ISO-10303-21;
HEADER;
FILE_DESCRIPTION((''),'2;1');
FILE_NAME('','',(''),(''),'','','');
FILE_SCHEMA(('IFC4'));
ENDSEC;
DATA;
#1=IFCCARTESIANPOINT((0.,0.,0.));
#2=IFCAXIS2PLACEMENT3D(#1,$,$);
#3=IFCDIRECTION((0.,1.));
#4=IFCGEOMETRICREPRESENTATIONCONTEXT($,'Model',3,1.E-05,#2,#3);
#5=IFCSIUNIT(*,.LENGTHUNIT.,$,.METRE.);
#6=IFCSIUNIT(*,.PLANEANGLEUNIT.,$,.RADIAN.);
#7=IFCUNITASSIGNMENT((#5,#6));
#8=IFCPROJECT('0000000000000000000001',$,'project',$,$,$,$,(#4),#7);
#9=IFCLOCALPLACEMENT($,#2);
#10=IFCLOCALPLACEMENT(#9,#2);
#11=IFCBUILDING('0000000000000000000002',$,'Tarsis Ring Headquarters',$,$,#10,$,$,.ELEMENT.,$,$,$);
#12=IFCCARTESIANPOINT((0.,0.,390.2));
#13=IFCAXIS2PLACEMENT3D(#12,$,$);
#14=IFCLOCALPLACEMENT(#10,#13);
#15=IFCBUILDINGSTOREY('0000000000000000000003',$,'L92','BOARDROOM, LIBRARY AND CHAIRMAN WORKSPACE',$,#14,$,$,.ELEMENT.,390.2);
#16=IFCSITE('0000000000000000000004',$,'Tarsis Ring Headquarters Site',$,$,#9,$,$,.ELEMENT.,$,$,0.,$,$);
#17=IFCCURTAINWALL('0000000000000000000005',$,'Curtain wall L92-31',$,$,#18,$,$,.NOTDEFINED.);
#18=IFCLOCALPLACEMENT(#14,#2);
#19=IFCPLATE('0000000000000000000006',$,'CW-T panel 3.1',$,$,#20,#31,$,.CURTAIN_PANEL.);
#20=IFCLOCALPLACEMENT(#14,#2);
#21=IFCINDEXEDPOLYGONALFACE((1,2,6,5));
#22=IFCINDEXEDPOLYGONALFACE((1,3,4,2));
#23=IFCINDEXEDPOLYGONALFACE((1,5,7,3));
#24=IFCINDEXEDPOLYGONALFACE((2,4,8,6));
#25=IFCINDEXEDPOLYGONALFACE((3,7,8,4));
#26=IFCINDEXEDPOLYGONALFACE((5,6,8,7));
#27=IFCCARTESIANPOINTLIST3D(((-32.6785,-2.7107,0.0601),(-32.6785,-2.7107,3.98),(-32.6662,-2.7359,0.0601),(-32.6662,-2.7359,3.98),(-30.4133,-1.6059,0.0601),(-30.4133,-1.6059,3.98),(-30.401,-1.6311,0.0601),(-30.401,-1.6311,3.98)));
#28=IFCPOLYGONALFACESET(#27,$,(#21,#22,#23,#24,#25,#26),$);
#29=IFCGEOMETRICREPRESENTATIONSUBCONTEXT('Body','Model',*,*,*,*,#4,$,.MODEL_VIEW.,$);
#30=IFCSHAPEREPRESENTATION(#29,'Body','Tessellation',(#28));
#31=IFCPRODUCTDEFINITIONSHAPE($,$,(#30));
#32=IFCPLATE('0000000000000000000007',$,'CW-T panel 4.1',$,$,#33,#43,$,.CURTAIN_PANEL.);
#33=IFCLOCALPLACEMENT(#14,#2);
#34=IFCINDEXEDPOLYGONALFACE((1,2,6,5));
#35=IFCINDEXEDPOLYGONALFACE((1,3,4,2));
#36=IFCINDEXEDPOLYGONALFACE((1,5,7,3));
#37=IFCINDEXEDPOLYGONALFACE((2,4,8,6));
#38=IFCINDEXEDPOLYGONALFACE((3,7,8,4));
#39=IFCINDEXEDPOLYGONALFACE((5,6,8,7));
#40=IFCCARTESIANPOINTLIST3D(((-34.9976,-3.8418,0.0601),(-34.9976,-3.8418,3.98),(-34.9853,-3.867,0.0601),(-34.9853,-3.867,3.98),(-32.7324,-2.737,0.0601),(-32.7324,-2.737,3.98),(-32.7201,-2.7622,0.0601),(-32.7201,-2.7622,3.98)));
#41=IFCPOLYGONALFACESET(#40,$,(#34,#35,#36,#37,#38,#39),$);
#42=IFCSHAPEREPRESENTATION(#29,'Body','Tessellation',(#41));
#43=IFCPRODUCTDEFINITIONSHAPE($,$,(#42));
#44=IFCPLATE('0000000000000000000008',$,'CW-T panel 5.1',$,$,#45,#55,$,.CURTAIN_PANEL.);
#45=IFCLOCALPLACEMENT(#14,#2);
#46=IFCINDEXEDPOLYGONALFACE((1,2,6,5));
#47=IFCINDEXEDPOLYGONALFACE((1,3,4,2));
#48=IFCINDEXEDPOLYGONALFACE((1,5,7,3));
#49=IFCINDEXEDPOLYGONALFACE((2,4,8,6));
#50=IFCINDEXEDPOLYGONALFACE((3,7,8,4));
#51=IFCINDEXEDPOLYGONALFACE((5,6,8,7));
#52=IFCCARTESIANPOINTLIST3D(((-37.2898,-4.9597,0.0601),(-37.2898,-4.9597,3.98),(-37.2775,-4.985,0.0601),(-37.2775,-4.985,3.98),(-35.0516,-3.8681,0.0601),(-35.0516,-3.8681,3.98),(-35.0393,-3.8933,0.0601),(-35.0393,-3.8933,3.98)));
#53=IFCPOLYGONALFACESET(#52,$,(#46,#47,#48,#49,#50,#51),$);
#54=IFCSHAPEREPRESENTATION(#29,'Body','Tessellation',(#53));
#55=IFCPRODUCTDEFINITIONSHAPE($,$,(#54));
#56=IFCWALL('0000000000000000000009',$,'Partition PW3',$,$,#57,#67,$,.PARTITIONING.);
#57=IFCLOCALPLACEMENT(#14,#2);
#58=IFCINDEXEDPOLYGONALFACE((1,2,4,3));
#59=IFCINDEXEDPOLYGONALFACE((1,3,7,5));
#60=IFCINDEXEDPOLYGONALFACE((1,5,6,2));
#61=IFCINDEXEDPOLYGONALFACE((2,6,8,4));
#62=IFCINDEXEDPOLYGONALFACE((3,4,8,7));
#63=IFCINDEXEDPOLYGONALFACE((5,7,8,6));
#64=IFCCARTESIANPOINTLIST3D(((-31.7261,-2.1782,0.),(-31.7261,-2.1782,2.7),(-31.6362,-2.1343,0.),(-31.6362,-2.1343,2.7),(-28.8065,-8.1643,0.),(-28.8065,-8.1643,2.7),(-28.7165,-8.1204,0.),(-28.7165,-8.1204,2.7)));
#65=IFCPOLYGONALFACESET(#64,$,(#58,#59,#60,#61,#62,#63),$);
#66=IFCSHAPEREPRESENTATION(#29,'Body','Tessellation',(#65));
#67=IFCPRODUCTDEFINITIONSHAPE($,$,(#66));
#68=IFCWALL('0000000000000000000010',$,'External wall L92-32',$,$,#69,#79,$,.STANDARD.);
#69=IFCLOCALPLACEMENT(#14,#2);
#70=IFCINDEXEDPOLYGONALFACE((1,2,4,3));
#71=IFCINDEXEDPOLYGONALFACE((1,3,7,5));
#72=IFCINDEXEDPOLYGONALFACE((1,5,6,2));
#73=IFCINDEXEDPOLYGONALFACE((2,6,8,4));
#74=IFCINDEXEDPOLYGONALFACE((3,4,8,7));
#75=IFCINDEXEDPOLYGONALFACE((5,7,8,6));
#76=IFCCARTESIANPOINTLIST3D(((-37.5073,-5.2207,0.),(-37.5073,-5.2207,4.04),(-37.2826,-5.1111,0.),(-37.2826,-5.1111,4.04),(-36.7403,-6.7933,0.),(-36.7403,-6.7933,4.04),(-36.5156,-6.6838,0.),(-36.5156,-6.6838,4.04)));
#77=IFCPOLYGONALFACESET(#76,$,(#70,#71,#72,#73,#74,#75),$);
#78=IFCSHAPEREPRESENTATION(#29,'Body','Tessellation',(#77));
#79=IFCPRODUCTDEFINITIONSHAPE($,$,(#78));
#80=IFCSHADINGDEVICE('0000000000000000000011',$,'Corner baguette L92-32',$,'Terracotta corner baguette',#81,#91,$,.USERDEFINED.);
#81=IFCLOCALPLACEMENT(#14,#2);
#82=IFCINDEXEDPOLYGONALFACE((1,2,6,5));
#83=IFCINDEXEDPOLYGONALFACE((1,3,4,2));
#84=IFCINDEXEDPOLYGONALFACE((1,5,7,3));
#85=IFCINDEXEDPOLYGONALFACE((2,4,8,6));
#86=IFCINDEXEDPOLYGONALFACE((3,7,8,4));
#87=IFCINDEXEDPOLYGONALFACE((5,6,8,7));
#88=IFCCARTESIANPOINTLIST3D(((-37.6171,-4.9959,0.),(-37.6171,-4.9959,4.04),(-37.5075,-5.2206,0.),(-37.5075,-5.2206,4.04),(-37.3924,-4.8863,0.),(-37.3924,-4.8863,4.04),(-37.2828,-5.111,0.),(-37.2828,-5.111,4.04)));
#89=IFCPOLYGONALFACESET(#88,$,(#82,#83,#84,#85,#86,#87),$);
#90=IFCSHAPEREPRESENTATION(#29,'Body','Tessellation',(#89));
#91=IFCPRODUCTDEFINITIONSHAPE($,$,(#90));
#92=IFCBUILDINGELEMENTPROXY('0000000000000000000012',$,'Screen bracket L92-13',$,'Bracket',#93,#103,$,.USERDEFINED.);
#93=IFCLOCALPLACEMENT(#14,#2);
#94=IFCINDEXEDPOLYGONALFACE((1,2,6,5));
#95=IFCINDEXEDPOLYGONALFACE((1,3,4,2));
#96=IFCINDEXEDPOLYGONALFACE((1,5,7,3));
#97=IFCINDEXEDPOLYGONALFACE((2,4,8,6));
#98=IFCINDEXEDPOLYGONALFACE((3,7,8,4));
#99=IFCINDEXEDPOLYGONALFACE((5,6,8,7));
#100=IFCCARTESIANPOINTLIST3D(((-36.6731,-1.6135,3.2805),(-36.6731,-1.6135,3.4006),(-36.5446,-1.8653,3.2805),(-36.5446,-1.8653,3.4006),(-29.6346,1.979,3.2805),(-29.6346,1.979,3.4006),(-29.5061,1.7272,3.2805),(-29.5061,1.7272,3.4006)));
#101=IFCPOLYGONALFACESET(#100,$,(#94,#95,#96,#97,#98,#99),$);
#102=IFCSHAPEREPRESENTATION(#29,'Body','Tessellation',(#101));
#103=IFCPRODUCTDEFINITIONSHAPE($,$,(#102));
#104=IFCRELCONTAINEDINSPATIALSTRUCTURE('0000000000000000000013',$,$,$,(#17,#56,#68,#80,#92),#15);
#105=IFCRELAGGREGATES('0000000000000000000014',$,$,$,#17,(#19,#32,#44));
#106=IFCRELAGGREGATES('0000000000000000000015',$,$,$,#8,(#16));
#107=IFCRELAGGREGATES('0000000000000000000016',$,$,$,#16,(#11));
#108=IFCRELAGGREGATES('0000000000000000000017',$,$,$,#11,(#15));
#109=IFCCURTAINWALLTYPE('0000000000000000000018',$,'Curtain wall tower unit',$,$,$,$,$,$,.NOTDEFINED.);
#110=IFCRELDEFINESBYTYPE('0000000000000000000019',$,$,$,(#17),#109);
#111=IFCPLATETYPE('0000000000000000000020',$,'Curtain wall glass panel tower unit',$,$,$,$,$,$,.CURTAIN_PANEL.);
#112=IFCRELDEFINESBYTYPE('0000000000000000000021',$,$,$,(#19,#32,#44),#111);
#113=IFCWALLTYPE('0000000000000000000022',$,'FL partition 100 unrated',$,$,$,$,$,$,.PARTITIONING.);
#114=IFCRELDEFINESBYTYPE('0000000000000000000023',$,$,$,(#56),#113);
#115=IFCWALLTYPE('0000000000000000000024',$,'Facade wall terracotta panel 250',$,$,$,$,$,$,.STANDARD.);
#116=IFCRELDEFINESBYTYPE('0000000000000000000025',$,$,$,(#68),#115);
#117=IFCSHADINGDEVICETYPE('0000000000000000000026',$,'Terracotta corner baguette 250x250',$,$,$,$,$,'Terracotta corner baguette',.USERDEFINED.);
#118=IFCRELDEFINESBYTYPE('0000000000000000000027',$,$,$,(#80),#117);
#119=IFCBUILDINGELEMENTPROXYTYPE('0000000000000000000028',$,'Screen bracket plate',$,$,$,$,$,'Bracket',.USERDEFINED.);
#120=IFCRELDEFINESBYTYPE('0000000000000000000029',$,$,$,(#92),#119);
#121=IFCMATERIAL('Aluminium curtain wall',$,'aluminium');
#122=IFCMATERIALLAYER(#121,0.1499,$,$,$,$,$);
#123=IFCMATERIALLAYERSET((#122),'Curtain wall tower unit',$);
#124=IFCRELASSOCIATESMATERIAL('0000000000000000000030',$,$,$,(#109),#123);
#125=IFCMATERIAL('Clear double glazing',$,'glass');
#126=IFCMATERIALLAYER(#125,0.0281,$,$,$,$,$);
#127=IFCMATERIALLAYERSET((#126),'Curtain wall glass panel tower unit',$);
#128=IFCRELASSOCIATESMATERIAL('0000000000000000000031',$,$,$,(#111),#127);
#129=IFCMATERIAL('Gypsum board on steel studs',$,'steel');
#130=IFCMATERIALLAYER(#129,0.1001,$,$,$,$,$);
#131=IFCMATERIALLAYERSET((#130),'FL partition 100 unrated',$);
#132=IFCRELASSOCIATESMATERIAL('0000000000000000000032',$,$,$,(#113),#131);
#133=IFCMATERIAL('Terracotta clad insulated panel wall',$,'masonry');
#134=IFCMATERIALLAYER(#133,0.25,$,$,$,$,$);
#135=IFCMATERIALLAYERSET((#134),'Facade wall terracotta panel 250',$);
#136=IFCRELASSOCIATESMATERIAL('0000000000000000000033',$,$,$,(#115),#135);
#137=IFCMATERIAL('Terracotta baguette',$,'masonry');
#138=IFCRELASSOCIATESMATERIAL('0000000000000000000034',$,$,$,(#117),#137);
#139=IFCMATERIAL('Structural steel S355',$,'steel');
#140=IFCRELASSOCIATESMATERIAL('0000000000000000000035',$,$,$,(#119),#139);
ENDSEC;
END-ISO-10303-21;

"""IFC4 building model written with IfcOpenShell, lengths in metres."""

from ifc_helpers import new_model, si_unit, direction, frame, frame_2d, origin, origin_2d, place, context, subcontext, project, spatial, rectangle, extrude, material, layer, layer_set, type_object, element, aggregate, save


model = new_model("IFC4")

# Units and contexts
model_context = context("Model", 3, precision=1e-05, world=origin(), true_north=direction((0.0, 1.0)))
body_context = subcontext(model_context, "Body", "Model", "MODEL_VIEW")
ifc_project = project(units=[si_unit("LENGTHUNIT", "METRE"), si_unit("PLANEANGLEUNIT", "RADIAN")], contexts=[model_context])

# Site, building, storey
site_placement = place(None, origin())
site = spatial("IfcSite", under=ifc_project, at=site_placement, Name="Tarsis Ring Headquarters Site", CompositionType="ELEMENT", RefElevation=0.0)
building_placement = place(site_placement, origin())
building = spatial("IfcBuilding", under=site, at=building_placement, Name="Tarsis Ring Headquarters", CompositionType="ELEMENT")
storey_placement = place(building_placement, frame((0.0, 0.0, 390.2)))
storey = spatial("IfcBuildingStorey", under=building, at=storey_placement, Name="L92", Description="BOARDROOM, LIBRARY AND CHAIRMAN WORKSPACE", CompositionType="ELEMENT", Elevation=390.2)

# Shared definitions
ifc_material_1 = material(Name="Structural steel S355", Category="steel")

# Curtain wall
ifc_material_2 = material(Name="Aluminium curtain wall", Category="aluminium")
ifc_layer_1 = layer(ifc_material_2, 0.1499)
ifc_layer_set_1 = layer_set([ifc_layer_1], Name="Curtain wall tower unit")
curtain_wall_type = type_object("IfcCurtainWallType", Name="Curtain wall tower unit", PredefinedType="NOTDEFINED", material=ifc_layer_set_1)
curtain_wall_placement = place(storey_placement, origin())
curtain_wall = element("IfcCurtainWall", 1, at=curtain_wall_placement, inside=storey, type_object=curtain_wall_type, Name="Curtain wall L92-31", PredefinedType="NOTDEFINED")

# Plates
ifc_material_3 = material(Name="Clear double glazing", Category="glass")
ifc_layer_2 = layer(ifc_material_3, 0.0281)
ifc_layer_set_2 = layer_set([ifc_layer_2], Name="Curtain wall glass panel tower unit")
plate_type = type_object("IfcPlateType", Name="Curtain wall glass panel tower unit", PredefinedType="CURTAIN_PANEL", material=ifc_layer_set_2)
plate_1_placement = place(storey_placement, frame((-31.5398, -2.1709, 0.0601), z_axis=(0.0, 0.0, 1.0), x_axis=(-0.898794, -0.438371, 0.0)))
plate_1 = element("IfcPlate", 2, at=plate_1_placement, type_object=plate_type, Name="CW-T panel 3.1", PredefinedType="CURTAIN_PANEL", context=body_context, shape_type="SweptSolid", body=[
    extrude(rectangle(XDim=2.5203, YDim=0.0281, at=origin_2d()), origin(), (0.0, 0.0, 1.0), 3.9199),
])
plate_2_placement = place(storey_placement, frame((-33.8589, -3.302, 0.0601), z_axis=(0.0, 0.0, 1.0), x_axis=(-0.898794, -0.438371, 0.0)))
plate_2 = element("IfcPlate", 3, at=plate_2_placement, type_object=plate_type, Name="CW-T panel 4.1", PredefinedType="CURTAIN_PANEL", context=body_context, shape_type="SweptSolid", body=[
    extrude(rectangle(XDim=2.5203, YDim=0.0281, at=origin_2d()), origin(), (0.0, 0.0, 1.0), 3.9199),
])
plate_3_placement = place(storey_placement, frame((-36.1646, -4.4265, 0.0601), z_axis=(0.0, 0.0, 1.0), x_axis=(-0.898794, -0.438371, 0.0)))
plate_3 = element("IfcPlate", 4, at=plate_3_placement, type_object=plate_type, Name="CW-T panel 5.1", PredefinedType="CURTAIN_PANEL", context=body_context, shape_type="SweptSolid", body=[
    extrude(rectangle(XDim=2.4902, YDim=0.0281, at=origin_2d()), origin(), (0.0, 0.0, 1.0), 3.9199),
])
aggregate(curtain_wall, [plate_1, plate_2, plate_3])

# Walls
ifc_material_4 = material(Name="Gypsum board on steel studs", Category="steel")
ifc_layer_3 = layer(ifc_material_4, 0.1001)
ifc_layer_set_3 = layer_set([ifc_layer_3], Name="FL partition 100 unrated")
wall_type_1 = type_object("IfcWallType", Name="FL partition 100 unrated", PredefinedType="PARTITIONING", material=ifc_layer_set_3)
wall_1_placement = place(storey_placement, frame((-31.6812, -2.1562, 0.0), z_axis=(0.0, 0.0, 1.0), x_axis=(0.43838, -0.89879, 0.0)))
element("IfcWall", 5, at=wall_1_placement, inside=storey, type_object=wall_type_1, Name="Partition PW3", PredefinedType="PARTITIONING", context=body_context, shape_type="SweptSolid", body=[
    extrude(rectangle(XDim=6.6602, YDim=0.1001, at=frame_2d((3.3301, 0.0))), origin(), (0.0, 0.0, 1.0), 2.7),
])
ifc_material_5 = material(Name="Terracotta clad insulated panel wall", Category="masonry")
ifc_layer_4 = layer(ifc_material_5, 0.25)
ifc_layer_set_4 = layer_set([ifc_layer_4], Name="Facade wall terracotta panel 250")
wall_type_2 = type_object("IfcWallType", Name="Facade wall terracotta panel 250", PredefinedType="STANDARD", material=ifc_layer_set_4)
wall_2_placement = place(storey_placement, frame((-37.395, -5.1658, 0.0), z_axis=(0.0, 0.0, 1.0), x_axis=(0.438374, -0.898793, 0.0)))
element("IfcWall", 6, at=wall_2_placement, inside=storey, type_object=wall_type_2, Name="External wall L92-32", PredefinedType="STANDARD", context=body_context, shape_type="SweptSolid", body=[
    extrude(rectangle(XDim=1.7498, YDim=0.25, at=frame_2d((0.875, 0.0))), origin(), (0.0, 0.0, 1.0), 4.04),
])

# Shading device
ifc_material_6 = material(Name="Terracotta baguette", Category="masonry")
shading_device_type_1 = type_object("IfcShadingDeviceType", Name="Terracotta corner baguette 250x250", ElementType="Terracotta corner baguette", PredefinedType="USERDEFINED", material=ifc_material_6)
shading_device_1_placement = place(storey_placement, frame((-37.45, -5.0535, 0.0), z_axis=(0.0, 0.0, 1.0), x_axis=(-0.898794, -0.438371, 0.0)))
element("IfcShadingDevice", 7, at=shading_device_1_placement, inside=storey, type_object=shading_device_type_1, Name="Corner baguette L92-32", ObjectType="Terracotta corner baguette", PredefinedType="USERDEFINED", context=body_context, shape_type="SweptSolid", body=[
    extrude(rectangle(XDim=0.25, YDim=0.25, at=origin_2d()), origin(), (0.0, 0.0, 1.0), 4.04),
])

# Building element proxy
building_element_proxy_type = type_object("IfcBuildingElementProxyType", Name="Screen bracket plate", ElementType="Bracket", PredefinedType="USERDEFINED", material=ifc_material_1)
proxy_placement = place(storey_placement, frame((-33.0896, 0.0569, 3.2805), z_axis=(0.0, 0.0, 1.0), x_axis=(-0.890689, -0.454613, 0.0)))
element("IfcBuildingElementProxy", 8, at=proxy_placement, inside=storey, type_object=building_element_proxy_type, Name="Screen bracket L92-13", ObjectType="Bracket", PredefinedType="USERDEFINED", context=body_context, shape_type="SweptSolid", body=[
    extrude(rectangle(XDim=7.9023, YDim=0.2827, at=origin_2d()), origin(), (0.0, 0.0, 1.0), 0.1201),
])

save(model, "model.ifc")
